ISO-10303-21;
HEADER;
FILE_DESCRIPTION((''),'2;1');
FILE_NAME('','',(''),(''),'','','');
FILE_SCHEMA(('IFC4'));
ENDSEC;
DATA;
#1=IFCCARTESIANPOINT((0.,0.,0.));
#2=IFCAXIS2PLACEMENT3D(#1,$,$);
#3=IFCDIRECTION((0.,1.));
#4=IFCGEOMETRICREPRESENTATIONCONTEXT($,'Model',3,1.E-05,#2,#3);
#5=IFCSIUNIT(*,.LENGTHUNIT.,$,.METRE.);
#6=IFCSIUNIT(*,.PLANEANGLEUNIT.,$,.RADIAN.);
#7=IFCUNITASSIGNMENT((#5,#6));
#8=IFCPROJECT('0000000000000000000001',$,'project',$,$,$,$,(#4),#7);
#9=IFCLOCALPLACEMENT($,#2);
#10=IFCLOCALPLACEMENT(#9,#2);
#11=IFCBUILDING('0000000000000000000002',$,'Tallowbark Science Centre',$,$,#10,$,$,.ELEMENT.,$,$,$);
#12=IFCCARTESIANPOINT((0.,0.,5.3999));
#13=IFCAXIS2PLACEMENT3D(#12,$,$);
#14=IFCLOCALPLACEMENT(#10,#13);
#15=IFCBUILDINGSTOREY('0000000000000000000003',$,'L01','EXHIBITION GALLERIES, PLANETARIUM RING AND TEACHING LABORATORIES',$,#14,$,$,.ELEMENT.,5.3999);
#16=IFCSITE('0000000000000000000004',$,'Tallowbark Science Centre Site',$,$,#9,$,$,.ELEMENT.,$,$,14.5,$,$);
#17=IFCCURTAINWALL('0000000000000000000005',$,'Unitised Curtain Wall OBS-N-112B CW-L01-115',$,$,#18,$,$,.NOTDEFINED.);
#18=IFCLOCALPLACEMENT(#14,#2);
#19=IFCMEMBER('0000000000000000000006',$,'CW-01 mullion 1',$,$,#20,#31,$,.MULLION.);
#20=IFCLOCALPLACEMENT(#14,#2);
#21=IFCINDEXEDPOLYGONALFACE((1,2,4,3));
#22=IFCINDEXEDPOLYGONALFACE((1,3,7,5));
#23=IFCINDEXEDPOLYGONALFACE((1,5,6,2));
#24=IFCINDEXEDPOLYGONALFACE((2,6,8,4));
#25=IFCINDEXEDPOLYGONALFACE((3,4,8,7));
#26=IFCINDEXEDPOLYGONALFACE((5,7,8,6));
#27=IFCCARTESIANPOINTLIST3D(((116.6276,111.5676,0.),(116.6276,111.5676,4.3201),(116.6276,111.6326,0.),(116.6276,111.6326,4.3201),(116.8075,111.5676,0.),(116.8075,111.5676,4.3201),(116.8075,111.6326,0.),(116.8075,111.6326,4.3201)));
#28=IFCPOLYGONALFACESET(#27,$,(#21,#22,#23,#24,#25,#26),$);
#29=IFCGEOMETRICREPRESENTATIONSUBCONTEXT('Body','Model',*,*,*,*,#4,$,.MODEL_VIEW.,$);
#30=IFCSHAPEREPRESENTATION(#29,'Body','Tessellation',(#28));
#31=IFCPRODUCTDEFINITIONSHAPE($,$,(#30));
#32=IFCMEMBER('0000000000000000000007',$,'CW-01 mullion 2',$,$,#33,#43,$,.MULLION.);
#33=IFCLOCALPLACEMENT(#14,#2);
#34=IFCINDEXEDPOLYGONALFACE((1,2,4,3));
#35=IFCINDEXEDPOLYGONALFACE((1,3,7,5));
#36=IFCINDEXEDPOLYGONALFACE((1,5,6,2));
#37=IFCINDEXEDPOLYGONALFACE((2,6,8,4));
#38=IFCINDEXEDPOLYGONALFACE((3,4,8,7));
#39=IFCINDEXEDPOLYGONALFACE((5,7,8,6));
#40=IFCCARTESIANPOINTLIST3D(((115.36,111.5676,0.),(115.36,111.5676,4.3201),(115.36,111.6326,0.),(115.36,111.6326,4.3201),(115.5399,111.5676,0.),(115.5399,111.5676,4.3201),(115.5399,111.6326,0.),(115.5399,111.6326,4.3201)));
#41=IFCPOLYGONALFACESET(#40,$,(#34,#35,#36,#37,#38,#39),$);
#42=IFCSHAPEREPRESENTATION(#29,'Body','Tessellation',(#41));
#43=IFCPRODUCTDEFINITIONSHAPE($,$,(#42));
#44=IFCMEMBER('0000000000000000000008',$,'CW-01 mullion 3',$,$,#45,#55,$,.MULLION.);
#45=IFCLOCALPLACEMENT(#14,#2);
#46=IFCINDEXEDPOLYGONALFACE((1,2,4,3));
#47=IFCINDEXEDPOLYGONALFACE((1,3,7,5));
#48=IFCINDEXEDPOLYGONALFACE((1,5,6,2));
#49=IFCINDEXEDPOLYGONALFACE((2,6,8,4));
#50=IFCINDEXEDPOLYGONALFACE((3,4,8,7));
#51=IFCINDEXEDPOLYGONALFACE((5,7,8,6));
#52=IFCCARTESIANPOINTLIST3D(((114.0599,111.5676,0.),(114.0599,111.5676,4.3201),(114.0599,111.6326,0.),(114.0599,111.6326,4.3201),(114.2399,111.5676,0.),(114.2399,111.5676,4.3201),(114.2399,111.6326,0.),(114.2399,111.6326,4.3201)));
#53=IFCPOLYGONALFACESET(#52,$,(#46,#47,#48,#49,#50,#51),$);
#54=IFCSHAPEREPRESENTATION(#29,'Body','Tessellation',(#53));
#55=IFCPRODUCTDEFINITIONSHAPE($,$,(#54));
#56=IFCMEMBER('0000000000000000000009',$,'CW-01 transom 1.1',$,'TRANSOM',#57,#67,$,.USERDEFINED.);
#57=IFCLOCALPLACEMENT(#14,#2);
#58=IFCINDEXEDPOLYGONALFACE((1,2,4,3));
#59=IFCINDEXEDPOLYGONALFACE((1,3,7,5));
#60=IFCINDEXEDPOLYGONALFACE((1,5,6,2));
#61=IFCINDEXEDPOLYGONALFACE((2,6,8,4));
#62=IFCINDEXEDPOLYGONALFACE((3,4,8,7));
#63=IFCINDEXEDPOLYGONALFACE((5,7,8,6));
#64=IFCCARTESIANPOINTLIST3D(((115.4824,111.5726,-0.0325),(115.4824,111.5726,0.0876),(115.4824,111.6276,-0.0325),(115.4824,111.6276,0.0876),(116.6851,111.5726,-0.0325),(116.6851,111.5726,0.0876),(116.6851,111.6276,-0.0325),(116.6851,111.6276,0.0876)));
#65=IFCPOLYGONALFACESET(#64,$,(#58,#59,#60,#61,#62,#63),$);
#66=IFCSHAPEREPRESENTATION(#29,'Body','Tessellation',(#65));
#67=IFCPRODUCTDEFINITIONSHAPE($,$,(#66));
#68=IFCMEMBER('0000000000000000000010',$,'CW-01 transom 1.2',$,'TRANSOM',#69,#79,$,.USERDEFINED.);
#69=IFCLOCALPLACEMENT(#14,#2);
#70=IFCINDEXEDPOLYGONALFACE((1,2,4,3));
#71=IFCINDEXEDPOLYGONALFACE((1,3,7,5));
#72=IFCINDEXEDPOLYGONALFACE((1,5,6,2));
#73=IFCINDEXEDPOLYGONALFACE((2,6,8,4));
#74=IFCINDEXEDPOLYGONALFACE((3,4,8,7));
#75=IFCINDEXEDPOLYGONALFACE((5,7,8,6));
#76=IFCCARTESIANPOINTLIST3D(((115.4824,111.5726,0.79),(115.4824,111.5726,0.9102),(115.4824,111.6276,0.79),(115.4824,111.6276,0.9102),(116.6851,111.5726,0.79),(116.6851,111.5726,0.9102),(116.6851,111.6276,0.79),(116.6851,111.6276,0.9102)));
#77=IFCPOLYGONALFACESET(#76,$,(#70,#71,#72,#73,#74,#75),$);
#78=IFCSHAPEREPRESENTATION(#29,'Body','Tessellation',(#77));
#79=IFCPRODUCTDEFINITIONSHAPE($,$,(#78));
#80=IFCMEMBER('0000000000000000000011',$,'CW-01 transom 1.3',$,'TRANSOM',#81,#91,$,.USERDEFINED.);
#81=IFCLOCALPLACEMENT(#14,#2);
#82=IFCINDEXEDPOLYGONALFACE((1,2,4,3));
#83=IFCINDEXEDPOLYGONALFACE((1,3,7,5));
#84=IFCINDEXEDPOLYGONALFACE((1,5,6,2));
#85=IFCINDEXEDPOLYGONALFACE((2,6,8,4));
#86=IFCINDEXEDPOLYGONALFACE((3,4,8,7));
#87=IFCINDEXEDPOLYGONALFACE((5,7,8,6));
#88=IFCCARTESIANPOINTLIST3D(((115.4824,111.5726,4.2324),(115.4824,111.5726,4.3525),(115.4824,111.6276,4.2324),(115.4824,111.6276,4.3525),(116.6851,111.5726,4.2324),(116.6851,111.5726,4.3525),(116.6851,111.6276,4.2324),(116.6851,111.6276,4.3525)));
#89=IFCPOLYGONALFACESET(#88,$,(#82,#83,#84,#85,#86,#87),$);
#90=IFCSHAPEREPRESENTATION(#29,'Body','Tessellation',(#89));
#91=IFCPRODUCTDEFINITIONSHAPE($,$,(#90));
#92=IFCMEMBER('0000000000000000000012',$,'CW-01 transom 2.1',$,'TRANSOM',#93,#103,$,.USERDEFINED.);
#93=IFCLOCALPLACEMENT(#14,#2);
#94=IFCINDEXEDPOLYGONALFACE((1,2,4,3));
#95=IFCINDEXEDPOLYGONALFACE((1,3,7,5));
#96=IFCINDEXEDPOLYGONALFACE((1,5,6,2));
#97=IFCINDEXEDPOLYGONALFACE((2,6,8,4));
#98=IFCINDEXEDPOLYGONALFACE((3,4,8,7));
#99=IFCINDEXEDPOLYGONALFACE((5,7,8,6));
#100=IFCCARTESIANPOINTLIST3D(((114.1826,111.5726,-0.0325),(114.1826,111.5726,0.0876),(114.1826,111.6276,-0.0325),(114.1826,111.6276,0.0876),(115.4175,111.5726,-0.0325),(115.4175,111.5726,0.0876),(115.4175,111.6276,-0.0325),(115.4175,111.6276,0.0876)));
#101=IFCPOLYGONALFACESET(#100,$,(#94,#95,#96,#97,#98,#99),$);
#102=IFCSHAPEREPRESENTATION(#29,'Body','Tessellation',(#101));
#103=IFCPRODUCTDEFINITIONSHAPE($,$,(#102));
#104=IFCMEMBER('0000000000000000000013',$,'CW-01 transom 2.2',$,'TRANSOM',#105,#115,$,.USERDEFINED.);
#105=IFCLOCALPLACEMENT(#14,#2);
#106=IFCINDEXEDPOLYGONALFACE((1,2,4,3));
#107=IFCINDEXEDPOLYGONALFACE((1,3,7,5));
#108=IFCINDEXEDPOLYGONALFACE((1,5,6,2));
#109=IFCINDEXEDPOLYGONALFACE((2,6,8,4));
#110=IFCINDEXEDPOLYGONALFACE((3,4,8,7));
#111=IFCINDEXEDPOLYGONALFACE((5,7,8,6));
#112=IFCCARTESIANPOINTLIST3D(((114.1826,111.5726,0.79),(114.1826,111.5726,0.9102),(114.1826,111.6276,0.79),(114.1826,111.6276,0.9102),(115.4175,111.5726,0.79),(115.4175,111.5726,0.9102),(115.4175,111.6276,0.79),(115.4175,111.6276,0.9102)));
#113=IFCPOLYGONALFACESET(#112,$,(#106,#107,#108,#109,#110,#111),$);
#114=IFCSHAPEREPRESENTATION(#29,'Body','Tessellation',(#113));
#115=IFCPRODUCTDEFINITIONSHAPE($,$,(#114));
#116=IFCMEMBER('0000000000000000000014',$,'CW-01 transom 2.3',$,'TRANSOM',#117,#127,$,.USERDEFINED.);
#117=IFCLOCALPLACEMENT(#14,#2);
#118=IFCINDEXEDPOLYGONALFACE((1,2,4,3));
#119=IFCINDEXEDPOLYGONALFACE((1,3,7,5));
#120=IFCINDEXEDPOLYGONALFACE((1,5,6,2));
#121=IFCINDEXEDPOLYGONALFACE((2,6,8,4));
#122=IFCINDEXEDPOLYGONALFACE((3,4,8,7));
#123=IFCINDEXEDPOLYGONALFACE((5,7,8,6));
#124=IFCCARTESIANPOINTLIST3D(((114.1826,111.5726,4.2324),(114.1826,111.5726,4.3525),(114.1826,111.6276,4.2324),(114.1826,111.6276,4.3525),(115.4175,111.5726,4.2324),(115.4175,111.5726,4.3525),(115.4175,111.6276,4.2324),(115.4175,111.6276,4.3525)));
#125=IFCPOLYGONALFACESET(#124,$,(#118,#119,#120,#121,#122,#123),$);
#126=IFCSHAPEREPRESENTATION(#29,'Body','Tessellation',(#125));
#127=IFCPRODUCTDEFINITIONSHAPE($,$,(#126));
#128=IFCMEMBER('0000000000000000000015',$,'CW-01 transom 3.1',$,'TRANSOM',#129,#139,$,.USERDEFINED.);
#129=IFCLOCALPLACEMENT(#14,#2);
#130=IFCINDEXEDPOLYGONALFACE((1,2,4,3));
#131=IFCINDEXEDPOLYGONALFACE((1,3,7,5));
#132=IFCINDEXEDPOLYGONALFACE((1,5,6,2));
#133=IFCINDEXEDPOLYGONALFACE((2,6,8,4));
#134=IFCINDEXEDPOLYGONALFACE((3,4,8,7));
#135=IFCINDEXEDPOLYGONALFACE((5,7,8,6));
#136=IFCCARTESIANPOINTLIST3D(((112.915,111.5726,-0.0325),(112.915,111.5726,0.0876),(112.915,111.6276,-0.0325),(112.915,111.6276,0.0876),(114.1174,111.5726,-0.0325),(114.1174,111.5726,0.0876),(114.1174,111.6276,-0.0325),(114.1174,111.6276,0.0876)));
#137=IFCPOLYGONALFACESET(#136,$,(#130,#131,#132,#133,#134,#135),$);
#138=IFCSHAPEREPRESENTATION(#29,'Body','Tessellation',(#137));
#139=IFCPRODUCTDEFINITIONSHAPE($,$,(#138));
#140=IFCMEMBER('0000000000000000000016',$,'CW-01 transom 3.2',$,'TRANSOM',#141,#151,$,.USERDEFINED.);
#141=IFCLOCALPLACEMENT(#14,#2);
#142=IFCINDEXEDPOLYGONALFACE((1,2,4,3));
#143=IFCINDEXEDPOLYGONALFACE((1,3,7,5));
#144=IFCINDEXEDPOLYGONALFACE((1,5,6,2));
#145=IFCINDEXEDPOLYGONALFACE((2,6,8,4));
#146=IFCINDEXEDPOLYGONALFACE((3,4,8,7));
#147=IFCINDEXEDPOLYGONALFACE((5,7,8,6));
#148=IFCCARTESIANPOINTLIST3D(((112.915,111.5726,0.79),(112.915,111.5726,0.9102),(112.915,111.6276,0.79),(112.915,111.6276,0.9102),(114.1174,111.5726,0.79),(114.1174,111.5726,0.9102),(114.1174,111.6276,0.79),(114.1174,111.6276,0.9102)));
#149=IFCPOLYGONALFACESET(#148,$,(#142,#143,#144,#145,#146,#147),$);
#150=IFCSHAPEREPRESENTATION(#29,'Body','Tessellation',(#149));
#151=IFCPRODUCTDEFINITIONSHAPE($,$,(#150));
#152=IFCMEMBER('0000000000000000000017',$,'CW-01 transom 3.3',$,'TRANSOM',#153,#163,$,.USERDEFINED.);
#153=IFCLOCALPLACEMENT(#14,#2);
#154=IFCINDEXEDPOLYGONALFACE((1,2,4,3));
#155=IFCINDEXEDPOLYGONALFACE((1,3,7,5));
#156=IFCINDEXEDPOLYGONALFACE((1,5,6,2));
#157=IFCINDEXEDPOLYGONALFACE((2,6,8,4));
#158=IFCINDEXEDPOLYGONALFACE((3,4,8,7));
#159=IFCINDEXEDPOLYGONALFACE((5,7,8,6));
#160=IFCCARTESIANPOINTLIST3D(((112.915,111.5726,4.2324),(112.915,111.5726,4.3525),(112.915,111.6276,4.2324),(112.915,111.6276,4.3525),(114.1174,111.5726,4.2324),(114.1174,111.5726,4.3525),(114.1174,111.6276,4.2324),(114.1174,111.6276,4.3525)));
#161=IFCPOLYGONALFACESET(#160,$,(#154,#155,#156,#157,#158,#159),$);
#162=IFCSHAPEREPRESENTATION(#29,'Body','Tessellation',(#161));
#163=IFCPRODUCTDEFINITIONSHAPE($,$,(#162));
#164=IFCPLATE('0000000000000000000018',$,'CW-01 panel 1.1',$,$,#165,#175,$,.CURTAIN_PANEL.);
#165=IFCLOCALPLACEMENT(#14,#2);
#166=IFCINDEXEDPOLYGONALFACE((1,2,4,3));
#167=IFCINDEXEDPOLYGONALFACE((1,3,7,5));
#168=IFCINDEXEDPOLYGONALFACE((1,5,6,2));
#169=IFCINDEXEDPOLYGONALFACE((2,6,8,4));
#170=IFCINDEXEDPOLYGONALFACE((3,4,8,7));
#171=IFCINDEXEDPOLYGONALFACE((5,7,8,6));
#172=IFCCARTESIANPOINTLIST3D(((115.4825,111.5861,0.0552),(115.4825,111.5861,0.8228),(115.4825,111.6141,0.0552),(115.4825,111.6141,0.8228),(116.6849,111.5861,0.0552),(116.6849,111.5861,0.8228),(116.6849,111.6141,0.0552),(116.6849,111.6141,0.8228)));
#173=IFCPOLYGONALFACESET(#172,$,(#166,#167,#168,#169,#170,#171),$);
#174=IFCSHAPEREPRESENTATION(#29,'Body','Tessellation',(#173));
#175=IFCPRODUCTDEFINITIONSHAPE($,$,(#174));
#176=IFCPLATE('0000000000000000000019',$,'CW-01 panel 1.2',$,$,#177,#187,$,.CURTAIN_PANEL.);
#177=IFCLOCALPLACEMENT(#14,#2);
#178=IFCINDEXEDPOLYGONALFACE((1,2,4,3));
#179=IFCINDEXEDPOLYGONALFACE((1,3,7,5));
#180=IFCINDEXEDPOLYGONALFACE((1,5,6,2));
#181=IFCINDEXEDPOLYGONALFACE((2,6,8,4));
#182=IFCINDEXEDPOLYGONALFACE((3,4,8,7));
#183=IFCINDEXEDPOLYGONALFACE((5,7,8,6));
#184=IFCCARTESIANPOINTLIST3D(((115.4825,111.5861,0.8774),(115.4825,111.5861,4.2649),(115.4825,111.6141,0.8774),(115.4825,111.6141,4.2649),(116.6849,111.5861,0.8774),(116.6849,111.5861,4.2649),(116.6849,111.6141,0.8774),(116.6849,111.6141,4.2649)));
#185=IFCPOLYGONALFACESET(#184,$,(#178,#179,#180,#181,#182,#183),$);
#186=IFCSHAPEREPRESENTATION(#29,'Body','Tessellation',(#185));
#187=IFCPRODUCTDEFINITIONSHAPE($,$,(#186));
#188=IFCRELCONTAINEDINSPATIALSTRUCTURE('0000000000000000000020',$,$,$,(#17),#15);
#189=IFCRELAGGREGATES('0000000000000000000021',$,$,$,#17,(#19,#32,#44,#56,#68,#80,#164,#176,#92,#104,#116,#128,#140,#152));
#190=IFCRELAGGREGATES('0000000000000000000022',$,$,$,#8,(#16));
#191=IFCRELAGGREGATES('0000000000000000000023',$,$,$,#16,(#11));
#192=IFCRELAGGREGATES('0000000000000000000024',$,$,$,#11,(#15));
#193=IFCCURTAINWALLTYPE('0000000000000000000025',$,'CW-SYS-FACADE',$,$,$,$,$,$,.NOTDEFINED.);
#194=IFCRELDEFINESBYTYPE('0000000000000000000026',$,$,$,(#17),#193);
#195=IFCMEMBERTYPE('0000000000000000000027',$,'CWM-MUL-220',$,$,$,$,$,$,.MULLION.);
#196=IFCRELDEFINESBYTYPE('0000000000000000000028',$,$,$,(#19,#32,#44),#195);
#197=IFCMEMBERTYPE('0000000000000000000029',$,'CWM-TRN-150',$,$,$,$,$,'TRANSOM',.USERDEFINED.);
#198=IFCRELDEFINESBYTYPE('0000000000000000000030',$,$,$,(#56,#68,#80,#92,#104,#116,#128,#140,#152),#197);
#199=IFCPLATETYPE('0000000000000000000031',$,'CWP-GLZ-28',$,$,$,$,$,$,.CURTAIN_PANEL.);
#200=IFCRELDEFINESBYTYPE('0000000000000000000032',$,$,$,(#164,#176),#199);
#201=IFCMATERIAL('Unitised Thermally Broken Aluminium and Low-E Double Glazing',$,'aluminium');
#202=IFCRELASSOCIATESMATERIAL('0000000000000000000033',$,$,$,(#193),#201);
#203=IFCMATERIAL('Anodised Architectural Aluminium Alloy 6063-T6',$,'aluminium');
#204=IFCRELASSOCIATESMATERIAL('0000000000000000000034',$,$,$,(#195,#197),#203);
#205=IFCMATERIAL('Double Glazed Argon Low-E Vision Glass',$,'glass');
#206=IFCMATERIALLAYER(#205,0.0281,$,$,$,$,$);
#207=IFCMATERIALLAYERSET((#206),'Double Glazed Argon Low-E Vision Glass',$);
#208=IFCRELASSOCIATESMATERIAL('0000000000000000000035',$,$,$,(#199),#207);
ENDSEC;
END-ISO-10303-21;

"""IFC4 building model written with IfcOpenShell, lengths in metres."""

from ifc_helpers import new_model, si_unit, direction, frame, origin, origin_2d, place, context, subcontext, project, spatial, rectangle, extrude, material, layer, layer_set, material_profile, profile_set, type_object, element, aggregate, save


model = new_model("IFC4")

# Units and contexts
model_context = context("Model", 3, precision=1e-05, world=origin(), true_north=direction((0.0, 1.0)))
body_context = subcontext(model_context, "Body", "Model", "MODEL_VIEW")
ifc_project = project(units=[si_unit("LENGTHUNIT", "METRE"), si_unit("PLANEANGLEUNIT", "RADIAN")], contexts=[model_context])

# Site, building, storey
site_placement = place(None, origin())
site = spatial("IfcSite", under=ifc_project, at=site_placement, Name="Tallowbark Science Centre Site", CompositionType="ELEMENT", RefElevation=14.5)
building_placement = place(site_placement, origin())
building = spatial("IfcBuilding", under=site, at=building_placement, Name="Tallowbark Science Centre", CompositionType="ELEMENT")
storey_placement = place(building_placement, frame((0.0, 0.0, 5.3999)))
storey = spatial("IfcBuildingStorey", under=building, at=storey_placement, Name="L01", Description="EXHIBITION GALLERIES, PLANETARIUM RING AND TEACHING LABORATORIES", CompositionType="ELEMENT", Elevation=5.3999)

# Curtain wall, members, plates
ifc_material_1 = material(Name="Unitised Thermally Broken Aluminium and Low-E Double Glazing", Category="aluminium")
curtain_wall_type = type_object("IfcCurtainWallType", Name="CW-SYS-FACADE", PredefinedType="NOTDEFINED", material=ifc_material_1)
curtain_wall_placement = place(storey_placement, origin())
curtain_wall = element("IfcCurtainWall", 1, at=curtain_wall_placement, inside=storey, type_object=curtain_wall_type, Name="Unitised Curtain Wall OBS-N-112B CW-L01-115", PredefinedType="NOTDEFINED")
ifc_material_2 = material(Name="Anodised Architectural Aluminium Alloy 6063-T6", Category="aluminium")
ifc_material_profile_1 = material_profile(ifc_material_2, rectangle(XDim=0.0649, YDim=0.1799, at=origin_2d()), Name="ALU65x180")
ifc_profile_set_1 = profile_set([ifc_material_profile_1], Name="Anodised Architectural Aluminium Alloy 6063-T6")
member_type_1 = type_object("IfcMemberType", Name="CWM-MUL-220", PredefinedType="MULLION", material=ifc_profile_set_1)
member_1_placement = place(storey_placement, frame((116.7175, 111.6001, 0.0), z_axis=(0.0, 0.0, 1.0), x_axis=(0.0, -1.0, 0.0)))
member_1 = element("IfcMember", 2, at=member_1_placement, type_object=member_type_1, Name="CW-01 mullion 1", PredefinedType="MULLION", context=body_context, shape_type="SweptSolid", body=[
    extrude(rectangle(XDim=0.0649, YDim=0.1799, at=origin_2d()), origin(), (0.0, 0.0, 1.0), 4.3201),
])
member_2_placement = place(storey_placement, frame((115.45, 111.6001, 0.0), z_axis=(0.0, 0.0, 1.0), x_axis=(0.0, -1.0, 0.0)))
member_2 = element("IfcMember", 3, at=member_2_placement, type_object=member_type_1, Name="CW-01 mullion 2", PredefinedType="MULLION", context=body_context, shape_type="SweptSolid", body=[
    extrude(rectangle(XDim=0.0649, YDim=0.1799, at=origin_2d()), origin(), (0.0, 0.0, 1.0), 4.3201),
])
member_3_placement = place(storey_placement, frame((114.1499, 111.6001, 0.0), z_axis=(0.0, 0.0, 1.0), x_axis=(0.0, -1.0, 0.0)))
member_3 = element("IfcMember", 4, at=member_3_placement, type_object=member_type_1, Name="CW-01 mullion 3", PredefinedType="MULLION", context=body_context, shape_type="SweptSolid", body=[
    extrude(rectangle(XDim=0.0649, YDim=0.1799, at=origin_2d()), origin(), (0.0, 0.0, 1.0), 4.3201),
])
ifc_material_profile_2 = material_profile(ifc_material_2, rectangle(XDim=0.0549, YDim=0.1201, at=origin_2d()), Name="ALU55x120")
ifc_profile_set_2 = profile_set([ifc_material_profile_2], Name="Anodised Architectural Aluminium Alloy 6063-T6")
member_type_2 = type_object("IfcMemberType", Name="CWM-TRN-150", ElementType="TRANSOM", PredefinedType="USERDEFINED", material=ifc_profile_set_2)
member_4_placement = place(storey_placement, frame((116.6851, 111.6001, 0.0276), z_axis=(-1.0, 0.0, 0.0), x_axis=(0.0, -1.0, 0.0)))
member_4 = element("IfcMember", 5, at=member_4_placement, type_object=member_type_2, Name="CW-01 transom 1.1", ObjectType="TRANSOM", PredefinedType="USERDEFINED", context=body_context, shape_type="SweptSolid", body=[
    extrude(rectangle(XDim=0.0549, YDim=0.1201, at=origin_2d()), origin(), (0.0, 0.0, 1.0), 1.2026),
])
member_5_placement = place(storey_placement, frame((116.6851, 111.6001, 0.8501), z_axis=(-1.0, 0.0, 0.0), x_axis=(0.0, -1.0, 0.0)))
member_5 = element("IfcMember", 6, at=member_5_placement, type_object=member_type_2, Name="CW-01 transom 1.2", ObjectType="TRANSOM", PredefinedType="USERDEFINED", context=body_context, shape_type="SweptSolid", body=[
    extrude(rectangle(XDim=0.0549, YDim=0.1201, at=origin_2d()), origin(), (0.0, 0.0, 1.0), 1.2026),
])
member_6_placement = place(storey_placement, frame((116.6851, 111.6001, 4.2925), z_axis=(-1.0, 0.0, 0.0), x_axis=(0.0, -1.0, 0.0)))
member_6 = element("IfcMember", 7, at=member_6_placement, type_object=member_type_2, Name="CW-01 transom 1.3", ObjectType="TRANSOM", PredefinedType="USERDEFINED", context=body_context, shape_type="SweptSolid", body=[
    extrude(rectangle(XDim=0.0549, YDim=0.1201, at=origin_2d()), origin(), (0.0, 0.0, 1.0), 1.2026),
])
member_7_placement = place(storey_placement, frame((115.4175, 111.6001, 0.0276), z_axis=(-1.0, 0.0, 0.0), x_axis=(0.0, -1.0, 0.0)))
member_7 = element("IfcMember", 8, at=member_7_placement, type_object=member_type_2, Name="CW-01 transom 2.1", ObjectType="TRANSOM", PredefinedType="USERDEFINED", context=body_context, shape_type="SweptSolid", body=[
    extrude(rectangle(XDim=0.0549, YDim=0.1201, at=origin_2d()), origin(), (0.0, 0.0, 1.0), 1.2349),
])
member_8_placement = place(storey_placement, frame((115.4175, 111.6001, 0.8501), z_axis=(-1.0, 0.0, 0.0), x_axis=(0.0, -1.0, 0.0)))
member_8 = element("IfcMember", 9, at=member_8_placement, type_object=member_type_2, Name="CW-01 transom 2.2", ObjectType="TRANSOM", PredefinedType="USERDEFINED", context=body_context, shape_type="SweptSolid", body=[
    extrude(rectangle(XDim=0.0549, YDim=0.1201, at=origin_2d()), origin(), (0.0, 0.0, 1.0), 1.2349),
])
member_9_placement = place(storey_placement, frame((115.4175, 111.6001, 4.2925), z_axis=(-1.0, 0.0, 0.0), x_axis=(0.0, -1.0, 0.0)))
member_9 = element("IfcMember", 10, at=member_9_placement, type_object=member_type_2, Name="CW-01 transom 2.3", ObjectType="TRANSOM", PredefinedType="USERDEFINED", context=body_context, shape_type="SweptSolid", body=[
    extrude(rectangle(XDim=0.0549, YDim=0.1201, at=origin_2d()), origin(), (0.0, 0.0, 1.0), 1.2349),
])
member_10_placement = place(storey_placement, frame((114.1174, 111.6001, 0.0276), z_axis=(-1.0, 0.0, 0.0), x_axis=(0.0, -1.0, 0.0)))
member_10 = element("IfcMember", 11, at=member_10_placement, type_object=member_type_2, Name="CW-01 transom 3.1", ObjectType="TRANSOM", PredefinedType="USERDEFINED", context=body_context, shape_type="SweptSolid", body=[
    extrude(rectangle(XDim=0.0549, YDim=0.1201, at=origin_2d()), origin(), (0.0, 0.0, 1.0), 1.2024),
])
member_11_placement = place(storey_placement, frame((114.1174, 111.6001, 0.8501), z_axis=(-1.0, 0.0, 0.0), x_axis=(0.0, -1.0, 0.0)))
member_11 = element("IfcMember", 12, at=member_11_placement, type_object=member_type_2, Name="CW-01 transom 3.2", ObjectType="TRANSOM", PredefinedType="USERDEFINED", context=body_context, shape_type="SweptSolid", body=[
    extrude(rectangle(XDim=0.0549, YDim=0.1201, at=origin_2d()), origin(), (0.0, 0.0, 1.0), 1.2024),
])
member_12_placement = place(storey_placement, frame((114.1174, 111.6001, 4.2925), z_axis=(-1.0, 0.0, 0.0), x_axis=(0.0, -1.0, 0.0)))
member_12 = element("IfcMember", 13, at=member_12_placement, type_object=member_type_2, Name="CW-01 transom 3.3", ObjectType="TRANSOM", PredefinedType="USERDEFINED", context=body_context, shape_type="SweptSolid", body=[
    extrude(rectangle(XDim=0.0549, YDim=0.1201, at=origin_2d()), origin(), (0.0, 0.0, 1.0), 1.2024),
])
ifc_material_3 = material(Name="Double Glazed Argon Low-E Vision Glass", Category="glass")
ifc_layer_1 = layer(ifc_material_3, 0.0281)
ifc_layer_set_1 = layer_set([ifc_layer_1], Name="Double Glazed Argon Low-E Vision Glass")
plate_type = type_object("IfcPlateType", Name="CWP-GLZ-28", PredefinedType="CURTAIN_PANEL", material=ifc_layer_set_1)
plate_1_placement = place(storey_placement, frame((116.0837, 111.6001, 0.0552), z_axis=(0.0, 0.0, 1.0), x_axis=(-1.0, 0.0, 0.0)))
plate_1 = element("IfcPlate", 14, at=plate_1_placement, type_object=plate_type, Name="CW-01 panel 1.1", PredefinedType="CURTAIN_PANEL", context=body_context, shape_type="SweptSolid", body=[
    extrude(rectangle(XDim=1.2024, YDim=0.0281, at=origin_2d()), origin(), (0.0, 0.0, 1.0), 0.7676),
])
plate_2_placement = place(storey_placement, frame((116.0837, 111.6001, 0.8774), z_axis=(0.0, 0.0, 1.0), x_axis=(-1.0, 0.0, 0.0)))
plate_2 = element("IfcPlate", 15, at=plate_2_placement, type_object=plate_type, Name="CW-01 panel 1.2", PredefinedType="CURTAIN_PANEL", context=body_context, shape_type="SweptSolid", body=[
    extrude(rectangle(XDim=1.2024, YDim=0.0281, at=origin_2d()), origin(), (0.0, 0.0, 1.0), 3.3875),
])
aggregate(curtain_wall, [member_1, member_2, member_3, member_4, member_5, member_6, plate_1, plate_2, member_7, member_8, member_9, member_10, member_11, member_12])

save(model, "model.ifc")
